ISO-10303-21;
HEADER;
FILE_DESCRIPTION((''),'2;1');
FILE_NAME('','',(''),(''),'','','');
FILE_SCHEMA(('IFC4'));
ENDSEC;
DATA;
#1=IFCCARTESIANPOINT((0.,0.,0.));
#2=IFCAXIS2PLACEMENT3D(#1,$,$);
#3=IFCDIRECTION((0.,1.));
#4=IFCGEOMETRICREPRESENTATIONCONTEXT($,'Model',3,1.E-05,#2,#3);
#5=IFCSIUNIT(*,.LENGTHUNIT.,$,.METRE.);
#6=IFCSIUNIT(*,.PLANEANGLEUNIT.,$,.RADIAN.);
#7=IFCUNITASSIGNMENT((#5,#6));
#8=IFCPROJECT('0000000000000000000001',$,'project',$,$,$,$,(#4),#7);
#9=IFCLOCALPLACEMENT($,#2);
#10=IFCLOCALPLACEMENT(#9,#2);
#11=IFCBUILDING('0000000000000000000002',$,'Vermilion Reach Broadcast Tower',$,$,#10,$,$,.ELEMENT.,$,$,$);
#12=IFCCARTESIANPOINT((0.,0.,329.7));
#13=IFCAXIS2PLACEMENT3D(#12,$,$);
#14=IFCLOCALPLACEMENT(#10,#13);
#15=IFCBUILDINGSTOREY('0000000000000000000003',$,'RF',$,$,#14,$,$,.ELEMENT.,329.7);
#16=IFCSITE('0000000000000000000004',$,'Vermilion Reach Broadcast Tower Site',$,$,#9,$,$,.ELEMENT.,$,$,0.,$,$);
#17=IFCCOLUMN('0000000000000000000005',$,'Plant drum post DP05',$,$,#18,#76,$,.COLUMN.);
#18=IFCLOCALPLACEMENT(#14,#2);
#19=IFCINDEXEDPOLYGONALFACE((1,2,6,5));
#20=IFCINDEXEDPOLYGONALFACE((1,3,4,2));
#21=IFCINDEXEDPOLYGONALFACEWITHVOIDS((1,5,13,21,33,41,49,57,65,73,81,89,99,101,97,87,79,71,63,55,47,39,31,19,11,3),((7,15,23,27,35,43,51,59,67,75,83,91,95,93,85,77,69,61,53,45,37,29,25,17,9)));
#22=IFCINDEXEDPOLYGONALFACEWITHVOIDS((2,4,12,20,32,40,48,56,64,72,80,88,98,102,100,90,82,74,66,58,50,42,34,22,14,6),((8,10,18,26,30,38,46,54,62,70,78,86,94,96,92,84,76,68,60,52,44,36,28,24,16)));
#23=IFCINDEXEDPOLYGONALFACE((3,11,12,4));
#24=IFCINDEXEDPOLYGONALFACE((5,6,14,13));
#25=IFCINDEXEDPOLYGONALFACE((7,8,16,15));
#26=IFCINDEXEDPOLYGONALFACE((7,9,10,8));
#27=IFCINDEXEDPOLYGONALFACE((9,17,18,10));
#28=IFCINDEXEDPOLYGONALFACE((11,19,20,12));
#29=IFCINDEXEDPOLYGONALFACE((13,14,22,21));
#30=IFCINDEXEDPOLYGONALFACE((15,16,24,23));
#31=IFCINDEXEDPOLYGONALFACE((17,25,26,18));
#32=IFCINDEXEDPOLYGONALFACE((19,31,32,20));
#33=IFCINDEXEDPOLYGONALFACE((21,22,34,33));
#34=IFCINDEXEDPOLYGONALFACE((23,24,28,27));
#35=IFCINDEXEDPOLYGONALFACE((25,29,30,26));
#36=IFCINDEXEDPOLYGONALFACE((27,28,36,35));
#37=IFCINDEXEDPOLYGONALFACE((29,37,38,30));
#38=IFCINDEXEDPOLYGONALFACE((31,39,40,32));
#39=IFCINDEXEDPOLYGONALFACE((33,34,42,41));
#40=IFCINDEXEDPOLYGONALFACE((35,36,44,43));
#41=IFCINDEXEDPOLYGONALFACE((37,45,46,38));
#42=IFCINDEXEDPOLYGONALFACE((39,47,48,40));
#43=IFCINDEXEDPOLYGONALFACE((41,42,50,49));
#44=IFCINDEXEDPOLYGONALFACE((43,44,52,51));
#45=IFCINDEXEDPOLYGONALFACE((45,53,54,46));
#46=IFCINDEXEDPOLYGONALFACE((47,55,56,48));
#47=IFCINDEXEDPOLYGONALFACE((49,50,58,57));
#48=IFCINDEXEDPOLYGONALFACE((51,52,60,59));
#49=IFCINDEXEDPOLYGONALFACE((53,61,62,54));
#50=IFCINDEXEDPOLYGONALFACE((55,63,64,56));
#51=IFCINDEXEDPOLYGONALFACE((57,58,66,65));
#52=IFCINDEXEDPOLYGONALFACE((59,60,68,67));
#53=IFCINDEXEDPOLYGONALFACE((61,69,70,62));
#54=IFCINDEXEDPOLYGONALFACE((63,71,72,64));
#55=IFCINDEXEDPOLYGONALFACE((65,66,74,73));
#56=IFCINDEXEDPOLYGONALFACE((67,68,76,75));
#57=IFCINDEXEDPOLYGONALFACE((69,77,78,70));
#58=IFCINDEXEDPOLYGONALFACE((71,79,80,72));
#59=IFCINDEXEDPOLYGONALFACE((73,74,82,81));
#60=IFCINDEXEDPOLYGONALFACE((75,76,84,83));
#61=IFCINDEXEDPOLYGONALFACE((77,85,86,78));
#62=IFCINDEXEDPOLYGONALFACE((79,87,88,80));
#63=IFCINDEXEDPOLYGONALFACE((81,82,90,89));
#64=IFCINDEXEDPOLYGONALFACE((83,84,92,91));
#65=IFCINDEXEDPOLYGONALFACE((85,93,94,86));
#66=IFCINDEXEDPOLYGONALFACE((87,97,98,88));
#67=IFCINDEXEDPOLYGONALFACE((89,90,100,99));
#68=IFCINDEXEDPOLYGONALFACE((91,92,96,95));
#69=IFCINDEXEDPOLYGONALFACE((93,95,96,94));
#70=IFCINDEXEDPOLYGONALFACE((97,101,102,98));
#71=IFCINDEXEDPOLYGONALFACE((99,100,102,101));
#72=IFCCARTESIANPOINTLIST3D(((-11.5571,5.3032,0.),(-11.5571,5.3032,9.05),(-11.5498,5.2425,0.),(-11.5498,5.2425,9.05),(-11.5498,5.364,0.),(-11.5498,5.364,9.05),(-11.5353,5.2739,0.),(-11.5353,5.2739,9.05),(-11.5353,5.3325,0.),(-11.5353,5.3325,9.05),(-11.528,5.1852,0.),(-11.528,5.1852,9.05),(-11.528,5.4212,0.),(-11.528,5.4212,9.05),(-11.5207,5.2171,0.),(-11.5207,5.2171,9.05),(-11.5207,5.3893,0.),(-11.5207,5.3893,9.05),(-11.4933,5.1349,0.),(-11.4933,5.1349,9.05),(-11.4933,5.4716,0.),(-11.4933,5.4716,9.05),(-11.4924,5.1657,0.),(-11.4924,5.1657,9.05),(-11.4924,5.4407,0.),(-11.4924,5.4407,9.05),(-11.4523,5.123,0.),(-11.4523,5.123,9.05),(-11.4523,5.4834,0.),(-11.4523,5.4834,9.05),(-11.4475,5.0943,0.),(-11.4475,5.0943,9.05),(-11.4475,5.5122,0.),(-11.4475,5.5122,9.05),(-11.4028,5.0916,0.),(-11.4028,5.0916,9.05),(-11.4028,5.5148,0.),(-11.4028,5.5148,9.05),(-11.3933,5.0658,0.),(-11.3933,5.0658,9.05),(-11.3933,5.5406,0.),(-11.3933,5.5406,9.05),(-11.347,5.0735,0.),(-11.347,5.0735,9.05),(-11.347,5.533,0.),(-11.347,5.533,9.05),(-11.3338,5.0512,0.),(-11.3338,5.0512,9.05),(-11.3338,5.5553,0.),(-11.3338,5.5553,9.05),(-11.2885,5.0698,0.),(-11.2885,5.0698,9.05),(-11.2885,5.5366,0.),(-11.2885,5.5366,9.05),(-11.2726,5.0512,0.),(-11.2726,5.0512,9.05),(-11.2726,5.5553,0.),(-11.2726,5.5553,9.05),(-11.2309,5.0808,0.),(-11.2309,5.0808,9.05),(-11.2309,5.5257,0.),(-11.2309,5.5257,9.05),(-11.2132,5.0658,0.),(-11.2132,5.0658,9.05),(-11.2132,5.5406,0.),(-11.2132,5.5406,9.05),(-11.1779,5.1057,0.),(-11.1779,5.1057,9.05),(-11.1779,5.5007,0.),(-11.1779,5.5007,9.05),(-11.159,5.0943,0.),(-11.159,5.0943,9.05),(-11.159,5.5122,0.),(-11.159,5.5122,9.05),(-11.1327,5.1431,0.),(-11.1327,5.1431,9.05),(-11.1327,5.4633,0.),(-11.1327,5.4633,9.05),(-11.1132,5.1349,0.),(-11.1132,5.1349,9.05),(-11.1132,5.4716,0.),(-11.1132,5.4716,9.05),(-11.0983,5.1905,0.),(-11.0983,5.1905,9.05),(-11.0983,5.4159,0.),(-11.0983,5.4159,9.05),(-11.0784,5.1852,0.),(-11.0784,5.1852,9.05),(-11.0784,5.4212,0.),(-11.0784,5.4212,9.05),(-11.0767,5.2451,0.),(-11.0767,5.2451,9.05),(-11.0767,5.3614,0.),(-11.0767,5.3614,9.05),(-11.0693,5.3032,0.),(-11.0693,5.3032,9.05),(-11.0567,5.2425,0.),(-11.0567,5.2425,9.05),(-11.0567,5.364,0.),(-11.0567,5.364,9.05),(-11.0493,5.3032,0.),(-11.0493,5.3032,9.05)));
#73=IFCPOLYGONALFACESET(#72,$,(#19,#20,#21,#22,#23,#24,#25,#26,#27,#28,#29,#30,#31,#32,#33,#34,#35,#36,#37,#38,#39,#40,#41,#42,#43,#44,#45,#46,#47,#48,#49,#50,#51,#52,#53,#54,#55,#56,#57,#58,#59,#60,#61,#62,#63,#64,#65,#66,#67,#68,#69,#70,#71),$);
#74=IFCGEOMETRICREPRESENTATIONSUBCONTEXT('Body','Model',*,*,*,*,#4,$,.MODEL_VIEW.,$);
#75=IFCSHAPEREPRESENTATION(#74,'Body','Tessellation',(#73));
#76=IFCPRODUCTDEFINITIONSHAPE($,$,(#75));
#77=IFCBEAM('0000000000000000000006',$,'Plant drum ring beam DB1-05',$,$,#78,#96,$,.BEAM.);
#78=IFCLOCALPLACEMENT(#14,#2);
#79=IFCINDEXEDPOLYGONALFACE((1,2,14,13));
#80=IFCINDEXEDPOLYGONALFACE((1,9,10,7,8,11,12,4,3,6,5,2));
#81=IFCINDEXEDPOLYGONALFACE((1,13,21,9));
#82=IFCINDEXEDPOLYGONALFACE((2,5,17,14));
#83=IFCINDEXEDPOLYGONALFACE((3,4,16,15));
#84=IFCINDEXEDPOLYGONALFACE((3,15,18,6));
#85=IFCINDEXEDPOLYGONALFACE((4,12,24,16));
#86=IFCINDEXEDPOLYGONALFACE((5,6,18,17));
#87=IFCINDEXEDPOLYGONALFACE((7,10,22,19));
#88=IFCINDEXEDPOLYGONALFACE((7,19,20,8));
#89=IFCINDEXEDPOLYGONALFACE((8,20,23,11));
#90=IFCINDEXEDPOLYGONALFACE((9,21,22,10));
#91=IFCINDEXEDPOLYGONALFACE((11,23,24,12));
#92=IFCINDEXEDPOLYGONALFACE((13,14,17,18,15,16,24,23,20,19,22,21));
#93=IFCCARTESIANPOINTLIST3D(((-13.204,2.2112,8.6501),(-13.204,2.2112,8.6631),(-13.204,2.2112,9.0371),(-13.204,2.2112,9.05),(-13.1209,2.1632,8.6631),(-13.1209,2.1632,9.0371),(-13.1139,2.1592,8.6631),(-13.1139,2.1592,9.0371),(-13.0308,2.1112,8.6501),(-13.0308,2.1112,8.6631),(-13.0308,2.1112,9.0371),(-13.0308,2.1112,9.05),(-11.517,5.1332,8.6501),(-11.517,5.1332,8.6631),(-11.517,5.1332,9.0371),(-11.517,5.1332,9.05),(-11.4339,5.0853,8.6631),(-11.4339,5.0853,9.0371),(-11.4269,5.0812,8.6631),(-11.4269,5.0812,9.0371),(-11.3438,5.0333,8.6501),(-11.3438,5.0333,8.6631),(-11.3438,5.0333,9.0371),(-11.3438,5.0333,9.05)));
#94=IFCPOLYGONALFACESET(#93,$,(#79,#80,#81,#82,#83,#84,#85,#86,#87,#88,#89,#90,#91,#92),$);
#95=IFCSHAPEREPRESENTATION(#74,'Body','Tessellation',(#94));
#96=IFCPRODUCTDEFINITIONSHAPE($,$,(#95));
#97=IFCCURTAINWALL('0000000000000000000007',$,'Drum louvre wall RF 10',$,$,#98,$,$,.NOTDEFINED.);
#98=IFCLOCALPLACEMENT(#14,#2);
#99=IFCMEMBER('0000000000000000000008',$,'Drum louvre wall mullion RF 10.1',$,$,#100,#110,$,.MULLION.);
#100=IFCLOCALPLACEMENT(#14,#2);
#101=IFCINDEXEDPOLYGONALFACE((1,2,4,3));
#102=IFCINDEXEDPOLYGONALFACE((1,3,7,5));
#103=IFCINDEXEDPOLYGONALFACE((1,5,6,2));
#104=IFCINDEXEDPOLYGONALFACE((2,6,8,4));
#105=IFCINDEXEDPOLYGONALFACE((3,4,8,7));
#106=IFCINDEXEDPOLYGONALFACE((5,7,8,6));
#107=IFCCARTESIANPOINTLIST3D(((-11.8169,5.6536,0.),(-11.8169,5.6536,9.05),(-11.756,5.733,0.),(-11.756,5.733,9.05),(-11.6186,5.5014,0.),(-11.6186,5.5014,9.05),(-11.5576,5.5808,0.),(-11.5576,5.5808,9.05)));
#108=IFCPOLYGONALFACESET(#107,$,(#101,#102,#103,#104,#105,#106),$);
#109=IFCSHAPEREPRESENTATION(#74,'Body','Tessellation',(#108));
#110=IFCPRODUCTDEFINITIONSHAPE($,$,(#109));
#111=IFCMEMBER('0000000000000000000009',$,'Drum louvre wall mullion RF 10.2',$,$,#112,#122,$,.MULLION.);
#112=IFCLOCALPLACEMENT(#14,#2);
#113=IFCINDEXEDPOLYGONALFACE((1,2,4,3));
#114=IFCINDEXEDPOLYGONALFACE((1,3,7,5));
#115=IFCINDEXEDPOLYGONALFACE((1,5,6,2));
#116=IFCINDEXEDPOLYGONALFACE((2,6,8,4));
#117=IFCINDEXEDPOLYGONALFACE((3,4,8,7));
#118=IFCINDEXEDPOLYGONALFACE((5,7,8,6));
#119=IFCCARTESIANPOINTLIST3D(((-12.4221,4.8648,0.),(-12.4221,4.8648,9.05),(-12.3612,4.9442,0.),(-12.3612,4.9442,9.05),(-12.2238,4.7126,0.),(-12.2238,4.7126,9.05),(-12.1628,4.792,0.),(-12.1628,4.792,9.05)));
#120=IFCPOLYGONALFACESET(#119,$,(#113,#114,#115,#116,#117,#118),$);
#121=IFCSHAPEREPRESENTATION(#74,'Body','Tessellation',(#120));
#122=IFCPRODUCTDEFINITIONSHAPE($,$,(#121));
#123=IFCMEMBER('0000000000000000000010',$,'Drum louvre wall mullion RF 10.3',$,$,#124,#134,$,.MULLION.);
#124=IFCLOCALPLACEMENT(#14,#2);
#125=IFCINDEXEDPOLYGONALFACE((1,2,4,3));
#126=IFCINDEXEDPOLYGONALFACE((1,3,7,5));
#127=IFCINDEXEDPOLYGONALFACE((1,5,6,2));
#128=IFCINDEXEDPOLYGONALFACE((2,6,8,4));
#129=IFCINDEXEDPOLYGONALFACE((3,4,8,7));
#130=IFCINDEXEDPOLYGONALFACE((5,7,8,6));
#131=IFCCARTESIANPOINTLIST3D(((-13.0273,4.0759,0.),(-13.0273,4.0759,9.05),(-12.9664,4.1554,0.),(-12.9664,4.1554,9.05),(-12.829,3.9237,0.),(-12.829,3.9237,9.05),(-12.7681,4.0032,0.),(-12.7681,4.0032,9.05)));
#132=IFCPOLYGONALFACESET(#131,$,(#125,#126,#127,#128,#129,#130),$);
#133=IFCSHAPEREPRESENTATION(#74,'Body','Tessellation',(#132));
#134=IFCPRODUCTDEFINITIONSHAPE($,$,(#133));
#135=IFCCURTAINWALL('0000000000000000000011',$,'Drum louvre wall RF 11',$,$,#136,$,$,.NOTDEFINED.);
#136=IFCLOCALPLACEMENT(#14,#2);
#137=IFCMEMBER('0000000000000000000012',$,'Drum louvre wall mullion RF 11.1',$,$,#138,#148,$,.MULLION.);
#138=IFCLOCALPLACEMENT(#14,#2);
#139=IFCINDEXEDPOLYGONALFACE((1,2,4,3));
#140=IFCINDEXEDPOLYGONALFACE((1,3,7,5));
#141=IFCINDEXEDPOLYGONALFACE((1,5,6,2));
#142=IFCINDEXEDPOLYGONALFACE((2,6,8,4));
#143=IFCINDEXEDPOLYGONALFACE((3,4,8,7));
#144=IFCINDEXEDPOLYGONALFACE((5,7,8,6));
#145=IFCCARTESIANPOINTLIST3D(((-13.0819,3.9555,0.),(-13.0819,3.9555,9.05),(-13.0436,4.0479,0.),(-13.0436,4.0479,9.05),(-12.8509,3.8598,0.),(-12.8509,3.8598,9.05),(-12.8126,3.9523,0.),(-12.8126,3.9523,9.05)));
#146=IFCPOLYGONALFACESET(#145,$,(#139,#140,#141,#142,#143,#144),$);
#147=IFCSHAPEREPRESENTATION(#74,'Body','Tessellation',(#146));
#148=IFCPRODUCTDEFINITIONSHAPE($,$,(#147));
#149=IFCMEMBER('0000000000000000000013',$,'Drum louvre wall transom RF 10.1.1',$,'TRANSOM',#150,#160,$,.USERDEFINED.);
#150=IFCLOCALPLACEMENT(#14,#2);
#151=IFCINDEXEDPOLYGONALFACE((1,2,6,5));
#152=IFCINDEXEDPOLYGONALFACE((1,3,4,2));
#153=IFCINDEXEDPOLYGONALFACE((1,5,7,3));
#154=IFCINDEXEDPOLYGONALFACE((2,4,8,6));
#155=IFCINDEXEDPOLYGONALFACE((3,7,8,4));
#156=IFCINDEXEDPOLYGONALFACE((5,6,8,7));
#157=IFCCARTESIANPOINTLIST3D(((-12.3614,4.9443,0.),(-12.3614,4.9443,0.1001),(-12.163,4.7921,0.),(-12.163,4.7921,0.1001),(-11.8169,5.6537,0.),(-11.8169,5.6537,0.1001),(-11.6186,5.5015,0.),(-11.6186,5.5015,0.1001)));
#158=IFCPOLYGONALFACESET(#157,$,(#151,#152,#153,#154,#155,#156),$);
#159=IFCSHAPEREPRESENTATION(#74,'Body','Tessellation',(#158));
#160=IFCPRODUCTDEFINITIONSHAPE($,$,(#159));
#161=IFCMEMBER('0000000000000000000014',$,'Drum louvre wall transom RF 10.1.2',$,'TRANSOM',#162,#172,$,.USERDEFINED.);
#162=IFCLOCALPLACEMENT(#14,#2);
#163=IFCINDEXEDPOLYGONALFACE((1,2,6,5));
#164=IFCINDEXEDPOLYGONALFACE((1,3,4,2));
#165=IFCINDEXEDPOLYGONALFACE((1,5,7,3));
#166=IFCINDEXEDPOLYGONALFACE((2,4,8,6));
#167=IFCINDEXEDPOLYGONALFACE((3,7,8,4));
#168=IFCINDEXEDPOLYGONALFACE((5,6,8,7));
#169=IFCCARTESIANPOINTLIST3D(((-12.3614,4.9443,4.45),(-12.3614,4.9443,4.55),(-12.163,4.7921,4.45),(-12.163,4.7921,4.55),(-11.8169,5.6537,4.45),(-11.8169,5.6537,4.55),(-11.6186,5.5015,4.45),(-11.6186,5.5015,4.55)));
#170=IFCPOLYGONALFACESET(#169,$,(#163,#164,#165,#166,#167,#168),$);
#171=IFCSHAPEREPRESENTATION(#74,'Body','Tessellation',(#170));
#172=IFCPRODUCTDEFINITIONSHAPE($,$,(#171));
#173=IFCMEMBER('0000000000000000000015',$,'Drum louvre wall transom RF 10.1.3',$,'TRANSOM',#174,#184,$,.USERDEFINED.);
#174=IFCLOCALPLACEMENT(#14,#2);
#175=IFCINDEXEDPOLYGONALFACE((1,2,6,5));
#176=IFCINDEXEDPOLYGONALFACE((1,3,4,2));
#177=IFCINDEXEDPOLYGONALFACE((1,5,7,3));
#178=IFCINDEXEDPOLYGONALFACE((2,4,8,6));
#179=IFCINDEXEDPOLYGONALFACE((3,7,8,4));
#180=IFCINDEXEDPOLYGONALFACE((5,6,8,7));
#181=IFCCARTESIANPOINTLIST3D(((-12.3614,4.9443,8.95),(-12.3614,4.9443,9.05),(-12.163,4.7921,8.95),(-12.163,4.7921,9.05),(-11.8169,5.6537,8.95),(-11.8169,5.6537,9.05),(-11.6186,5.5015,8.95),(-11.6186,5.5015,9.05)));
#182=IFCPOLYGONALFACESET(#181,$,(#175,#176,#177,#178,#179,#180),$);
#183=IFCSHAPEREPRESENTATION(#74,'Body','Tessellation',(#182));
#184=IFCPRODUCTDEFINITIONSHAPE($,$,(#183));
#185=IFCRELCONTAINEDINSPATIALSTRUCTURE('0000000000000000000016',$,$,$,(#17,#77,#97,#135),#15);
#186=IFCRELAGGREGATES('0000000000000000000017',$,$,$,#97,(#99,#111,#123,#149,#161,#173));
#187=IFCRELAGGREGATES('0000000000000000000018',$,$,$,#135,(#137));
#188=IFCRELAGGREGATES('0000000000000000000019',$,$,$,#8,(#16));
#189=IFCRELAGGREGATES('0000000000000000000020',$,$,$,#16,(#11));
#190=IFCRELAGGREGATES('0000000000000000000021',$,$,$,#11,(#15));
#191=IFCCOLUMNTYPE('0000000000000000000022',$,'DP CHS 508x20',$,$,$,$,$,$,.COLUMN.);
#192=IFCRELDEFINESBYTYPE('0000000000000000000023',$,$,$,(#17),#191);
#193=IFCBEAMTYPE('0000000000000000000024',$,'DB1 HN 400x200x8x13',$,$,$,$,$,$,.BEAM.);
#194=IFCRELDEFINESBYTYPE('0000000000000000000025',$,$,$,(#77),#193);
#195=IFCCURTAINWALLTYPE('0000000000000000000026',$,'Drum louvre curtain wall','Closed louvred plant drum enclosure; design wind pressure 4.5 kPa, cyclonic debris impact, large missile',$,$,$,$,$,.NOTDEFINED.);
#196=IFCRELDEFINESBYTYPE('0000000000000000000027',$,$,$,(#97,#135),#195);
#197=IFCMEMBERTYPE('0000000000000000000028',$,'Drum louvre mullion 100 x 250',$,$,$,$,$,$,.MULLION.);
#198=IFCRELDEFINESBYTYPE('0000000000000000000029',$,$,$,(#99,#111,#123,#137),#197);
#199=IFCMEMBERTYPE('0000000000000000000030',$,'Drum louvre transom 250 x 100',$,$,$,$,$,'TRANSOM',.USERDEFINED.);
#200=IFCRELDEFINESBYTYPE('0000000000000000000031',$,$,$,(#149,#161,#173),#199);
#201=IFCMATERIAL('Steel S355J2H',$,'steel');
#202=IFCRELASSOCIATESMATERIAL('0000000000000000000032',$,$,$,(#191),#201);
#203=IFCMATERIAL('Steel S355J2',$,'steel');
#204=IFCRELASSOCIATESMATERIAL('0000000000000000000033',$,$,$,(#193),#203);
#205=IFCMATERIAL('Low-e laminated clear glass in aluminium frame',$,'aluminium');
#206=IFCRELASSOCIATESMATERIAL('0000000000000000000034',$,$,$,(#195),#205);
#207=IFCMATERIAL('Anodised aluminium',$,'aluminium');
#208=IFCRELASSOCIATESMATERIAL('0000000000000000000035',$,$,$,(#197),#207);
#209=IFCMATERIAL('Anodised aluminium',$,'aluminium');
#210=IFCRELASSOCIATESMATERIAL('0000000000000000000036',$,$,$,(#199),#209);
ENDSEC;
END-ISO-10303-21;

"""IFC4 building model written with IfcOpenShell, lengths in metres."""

from ifc_helpers import new_model, si_unit, direction, frame, origin, origin_2d, place, context, subcontext, project, spatial, rectangle, hollow_circle, i_section, extrude, material, material_profile, profile_set, type_object, element, aggregate, save


model = new_model("IFC4")

# Units and contexts
model_context = context("Model", 3, precision=1e-05, world=origin(), true_north=direction((0.0, 1.0)))
body_context = subcontext(model_context, "Body", "Model", "MODEL_VIEW")
ifc_project = project(units=[si_unit("LENGTHUNIT", "METRE"), si_unit("PLANEANGLEUNIT", "RADIAN")], contexts=[model_context])

# Site, building, storey
site_placement = place(None, origin())
site = spatial("IfcSite", under=ifc_project, at=site_placement, Name="Vermilion Reach Broadcast Tower Site", CompositionType="ELEMENT", RefElevation=0.0)
building_placement = place(site_placement, origin())
building = spatial("IfcBuilding", under=site, at=building_placement, Name="Vermilion Reach Broadcast Tower", CompositionType="ELEMENT")
storey_placement = place(building_placement, frame((0.0, 0.0, 329.7)))
storey = spatial("IfcBuildingStorey", under=building, at=storey_placement, Name="RF", CompositionType="ELEMENT", Elevation=329.7)

# Column
ifc_material_1 = material(Name="Steel S355J2H", Category="steel")
ifc_material_profile_1 = material_profile(ifc_material_1, hollow_circle(Radius=0.2539, WallThickness=0.02, at=origin_2d()), Name="S355J2H CHS 508x20")
ifc_profile_set_1 = profile_set([ifc_material_profile_1], Name="Steel S355J2H")
column_type = type_object("IfcColumnType", Name="DP CHS 508x20", PredefinedType="COLUMN", material=ifc_profile_set_1)
column_placement = place(storey_placement, frame((-11.3032, 5.3032, 0.0), z_axis=(0.0, 0.0, 1.0), x_axis=(1.0, 0.0, 0.0)))
element("IfcColumn", 1, at=column_placement, inside=storey, type_object=column_type, Name="Plant drum post DP05", PredefinedType="COLUMN", context=body_context, shape_type="SweptSolid", body=[
    extrude(hollow_circle(Radius=0.2539, WallThickness=0.02, at=origin_2d()), origin(), (0.0, 0.0, 1.0), 9.05),
])

# Beam
ifc_material_2 = material(Name="Steel S355J2", Category="steel")
ifc_material_profile_2 = material_profile(ifc_material_2, i_section(OverallWidth=0.2, OverallDepth=0.3999, WebThickness=0.0081, FlangeThickness=0.0129, at=origin_2d()), Name="S355J2 HN 400x200x8x13")
ifc_profile_set_2 = profile_set([ifc_material_profile_2], Name="Steel S355J2")
beam_type = type_object("IfcBeamType", Name="DB1 HN 400x200x8x13", PredefinedType="BEAM", material=ifc_profile_set_2)
beam_placement = place(storey_placement, frame((-11.4304, 5.0833, 8.8501), z_axis=(-0.499983, -0.866035, 0.0), x_axis=(0.866035, -0.499983, 0.0)))
element("IfcBeam", 2, at=beam_placement, inside=storey, type_object=beam_type, Name="Plant drum ring beam DB1-05", PredefinedType="BEAM", context=body_context, shape_type="SweptSolid", body=[
    extrude(i_section(OverallWidth=0.2, OverallDepth=0.3999, WebThickness=0.0081, FlangeThickness=0.0129, at=origin_2d()), origin(), (0.0, 0.0, 1.0), 3.374),
])

# Curtain wall, members
ifc_material_3 = material(Name="Low-e laminated clear glass in aluminium frame", Category="aluminium")
curtain_wall_type = type_object("IfcCurtainWallType", Name="Drum louvre curtain wall", Description="Closed louvred plant drum enclosure; design wind pressure 4.5 kPa, cyclonic debris impact, large missile", PredefinedType="NOTDEFINED", material=ifc_material_3)
placement = place(storey_placement, origin())
curtain_wall_1 = element("IfcCurtainWall", 3, at=placement, inside=storey, type_object=curtain_wall_type, Name="Drum louvre wall RF 10", PredefinedType="NOTDEFINED")
ifc_material_4 = material(Name="Anodised aluminium", Category="aluminium")
ifc_material_profile_3 = material_profile(ifc_material_4, rectangle(XDim=0.25, YDim=0.1001, at=origin_2d()), Name="Drum louvre mullion 100 x 250")
ifc_profile_set_3 = profile_set([ifc_material_profile_3], Name="Anodised aluminium")
member_type_1 = type_object("IfcMemberType", Name="Drum louvre mullion 100 x 250", PredefinedType="MULLION", material=ifc_profile_set_3)
member_1_placement = place(storey_placement, frame((-11.6873, 5.6172, 0.0), z_axis=(0.0, 0.0, 1.0), x_axis=(0.793353, -0.608761, 0.0)))
member_1 = element("IfcMember", 4, at=member_1_placement, type_object=member_type_1, Name="Drum louvre wall mullion RF 10.1", PredefinedType="MULLION", context=body_context, shape_type="SweptSolid", body=[
    extrude(rectangle(XDim=0.25, YDim=0.1001, at=origin_2d()), origin(), (0.0, 0.0, 1.0), 9.05),
])
member_2_placement = place(storey_placement, frame((-12.2925, 4.8284, 0.0), z_axis=(0.0, 0.0, 1.0), x_axis=(0.793353, -0.608761, 0.0)))
member_2 = element("IfcMember", 5, at=member_2_placement, type_object=member_type_1, Name="Drum louvre wall mullion RF 10.2", PredefinedType="MULLION", context=body_context, shape_type="SweptSolid", body=[
    extrude(rectangle(XDim=0.25, YDim=0.1001, at=origin_2d()), origin(), (0.0, 0.0, 1.0), 9.05),
])
member_3_placement = place(storey_placement, frame((-12.8977, 4.0396, 0.0), z_axis=(0.0, 0.0, 1.0), x_axis=(0.793353, -0.608761, 0.0)))
member_3 = element("IfcMember", 6, at=member_3_placement, type_object=member_type_1, Name="Drum louvre wall mullion RF 10.3", PredefinedType="MULLION", context=body_context, shape_type="SweptSolid", body=[
    extrude(rectangle(XDim=0.25, YDim=0.1001, at=origin_2d()), origin(), (0.0, 0.0, 1.0), 9.05),
])

# Curtain wall, member
curtain_wall_2 = element("IfcCurtainWall", 7, at=placement, inside=storey, type_object=curtain_wall_type, Name="Drum louvre wall RF 11", PredefinedType="NOTDEFINED")
member_4_placement = place(storey_placement, frame((-12.9473, 3.9539, 0.0), z_axis=(0.0, 0.0, 1.0), x_axis=(0.92388, -0.382683, 0.0)))
member_4 = element("IfcMember", 8, at=member_4_placement, type_object=member_type_1, Name="Drum louvre wall mullion RF 11.1", PredefinedType="MULLION", context=body_context, shape_type="SweptSolid", body=[
    extrude(rectangle(XDim=0.25, YDim=0.1001, at=origin_2d()), origin(), (0.0, 0.0, 1.0), 9.05),
])

# Members
ifc_material_5 = material(Name="Anodised aluminium", Category="aluminium")
ifc_material_profile_4 = material_profile(ifc_material_5, rectangle(XDim=0.25, YDim=0.1001, at=origin_2d()), Name="Drum louvre transom 250 x 100")
ifc_profile_set_4 = profile_set([ifc_material_profile_4], Name="Anodised aluminium")
member_type_2 = type_object("IfcMemberType", Name="Drum louvre transom 250 x 100", ElementType="TRANSOM", PredefinedType="USERDEFINED", material=ifc_profile_set_4)
member_5_placement = place(storey_placement, frame((-11.7178, 5.5776, 0.05), z_axis=(-0.608787, -0.793334, 0.0), x_axis=(0.793334, -0.608787, 0.0)))
member_5 = element("IfcMember", 9, at=member_5_placement, type_object=member_type_2, Name="Drum louvre wall transom RF 10.1.1", ObjectType="TRANSOM", PredefinedType="USERDEFINED", context=body_context, shape_type="SweptSolid", body=[
    extrude(rectangle(XDim=0.25, YDim=0.1001, at=origin_2d()), origin(), (0.0, 0.0, 1.0), 0.8943),
])
member_6_placement = place(storey_placement, frame((-11.7178, 5.5776, 4.5), z_axis=(-0.608787, -0.793334, 0.0), x_axis=(0.793334, -0.608787, 0.0)))
member_6 = element("IfcMember", 10, at=member_6_placement, type_object=member_type_2, Name="Drum louvre wall transom RF 10.1.2", ObjectType="TRANSOM", PredefinedType="USERDEFINED", context=body_context, shape_type="SweptSolid", body=[
    extrude(rectangle(XDim=0.25, YDim=0.1001, at=origin_2d()), origin(), (0.0, 0.0, 1.0), 0.8943),
])
member_7_placement = place(storey_placement, frame((-11.7178, 5.5776, 9.0), z_axis=(-0.608787, -0.793334, 0.0), x_axis=(0.793334, -0.608787, 0.0)))
member_7 = element("IfcMember", 11, at=member_7_placement, type_object=member_type_2, Name="Drum louvre wall transom RF 10.1.3", ObjectType="TRANSOM", PredefinedType="USERDEFINED", context=body_context, shape_type="SweptSolid", body=[
    extrude(rectangle(XDim=0.25, YDim=0.1001, at=origin_2d()), origin(), (0.0, 0.0, 1.0), 0.8943),
])

aggregate(curtain_wall_1, [member_1, member_2, member_3, member_5, member_6, member_7])
aggregate(curtain_wall_2, [member_4])

save(model, "model.ifc")
